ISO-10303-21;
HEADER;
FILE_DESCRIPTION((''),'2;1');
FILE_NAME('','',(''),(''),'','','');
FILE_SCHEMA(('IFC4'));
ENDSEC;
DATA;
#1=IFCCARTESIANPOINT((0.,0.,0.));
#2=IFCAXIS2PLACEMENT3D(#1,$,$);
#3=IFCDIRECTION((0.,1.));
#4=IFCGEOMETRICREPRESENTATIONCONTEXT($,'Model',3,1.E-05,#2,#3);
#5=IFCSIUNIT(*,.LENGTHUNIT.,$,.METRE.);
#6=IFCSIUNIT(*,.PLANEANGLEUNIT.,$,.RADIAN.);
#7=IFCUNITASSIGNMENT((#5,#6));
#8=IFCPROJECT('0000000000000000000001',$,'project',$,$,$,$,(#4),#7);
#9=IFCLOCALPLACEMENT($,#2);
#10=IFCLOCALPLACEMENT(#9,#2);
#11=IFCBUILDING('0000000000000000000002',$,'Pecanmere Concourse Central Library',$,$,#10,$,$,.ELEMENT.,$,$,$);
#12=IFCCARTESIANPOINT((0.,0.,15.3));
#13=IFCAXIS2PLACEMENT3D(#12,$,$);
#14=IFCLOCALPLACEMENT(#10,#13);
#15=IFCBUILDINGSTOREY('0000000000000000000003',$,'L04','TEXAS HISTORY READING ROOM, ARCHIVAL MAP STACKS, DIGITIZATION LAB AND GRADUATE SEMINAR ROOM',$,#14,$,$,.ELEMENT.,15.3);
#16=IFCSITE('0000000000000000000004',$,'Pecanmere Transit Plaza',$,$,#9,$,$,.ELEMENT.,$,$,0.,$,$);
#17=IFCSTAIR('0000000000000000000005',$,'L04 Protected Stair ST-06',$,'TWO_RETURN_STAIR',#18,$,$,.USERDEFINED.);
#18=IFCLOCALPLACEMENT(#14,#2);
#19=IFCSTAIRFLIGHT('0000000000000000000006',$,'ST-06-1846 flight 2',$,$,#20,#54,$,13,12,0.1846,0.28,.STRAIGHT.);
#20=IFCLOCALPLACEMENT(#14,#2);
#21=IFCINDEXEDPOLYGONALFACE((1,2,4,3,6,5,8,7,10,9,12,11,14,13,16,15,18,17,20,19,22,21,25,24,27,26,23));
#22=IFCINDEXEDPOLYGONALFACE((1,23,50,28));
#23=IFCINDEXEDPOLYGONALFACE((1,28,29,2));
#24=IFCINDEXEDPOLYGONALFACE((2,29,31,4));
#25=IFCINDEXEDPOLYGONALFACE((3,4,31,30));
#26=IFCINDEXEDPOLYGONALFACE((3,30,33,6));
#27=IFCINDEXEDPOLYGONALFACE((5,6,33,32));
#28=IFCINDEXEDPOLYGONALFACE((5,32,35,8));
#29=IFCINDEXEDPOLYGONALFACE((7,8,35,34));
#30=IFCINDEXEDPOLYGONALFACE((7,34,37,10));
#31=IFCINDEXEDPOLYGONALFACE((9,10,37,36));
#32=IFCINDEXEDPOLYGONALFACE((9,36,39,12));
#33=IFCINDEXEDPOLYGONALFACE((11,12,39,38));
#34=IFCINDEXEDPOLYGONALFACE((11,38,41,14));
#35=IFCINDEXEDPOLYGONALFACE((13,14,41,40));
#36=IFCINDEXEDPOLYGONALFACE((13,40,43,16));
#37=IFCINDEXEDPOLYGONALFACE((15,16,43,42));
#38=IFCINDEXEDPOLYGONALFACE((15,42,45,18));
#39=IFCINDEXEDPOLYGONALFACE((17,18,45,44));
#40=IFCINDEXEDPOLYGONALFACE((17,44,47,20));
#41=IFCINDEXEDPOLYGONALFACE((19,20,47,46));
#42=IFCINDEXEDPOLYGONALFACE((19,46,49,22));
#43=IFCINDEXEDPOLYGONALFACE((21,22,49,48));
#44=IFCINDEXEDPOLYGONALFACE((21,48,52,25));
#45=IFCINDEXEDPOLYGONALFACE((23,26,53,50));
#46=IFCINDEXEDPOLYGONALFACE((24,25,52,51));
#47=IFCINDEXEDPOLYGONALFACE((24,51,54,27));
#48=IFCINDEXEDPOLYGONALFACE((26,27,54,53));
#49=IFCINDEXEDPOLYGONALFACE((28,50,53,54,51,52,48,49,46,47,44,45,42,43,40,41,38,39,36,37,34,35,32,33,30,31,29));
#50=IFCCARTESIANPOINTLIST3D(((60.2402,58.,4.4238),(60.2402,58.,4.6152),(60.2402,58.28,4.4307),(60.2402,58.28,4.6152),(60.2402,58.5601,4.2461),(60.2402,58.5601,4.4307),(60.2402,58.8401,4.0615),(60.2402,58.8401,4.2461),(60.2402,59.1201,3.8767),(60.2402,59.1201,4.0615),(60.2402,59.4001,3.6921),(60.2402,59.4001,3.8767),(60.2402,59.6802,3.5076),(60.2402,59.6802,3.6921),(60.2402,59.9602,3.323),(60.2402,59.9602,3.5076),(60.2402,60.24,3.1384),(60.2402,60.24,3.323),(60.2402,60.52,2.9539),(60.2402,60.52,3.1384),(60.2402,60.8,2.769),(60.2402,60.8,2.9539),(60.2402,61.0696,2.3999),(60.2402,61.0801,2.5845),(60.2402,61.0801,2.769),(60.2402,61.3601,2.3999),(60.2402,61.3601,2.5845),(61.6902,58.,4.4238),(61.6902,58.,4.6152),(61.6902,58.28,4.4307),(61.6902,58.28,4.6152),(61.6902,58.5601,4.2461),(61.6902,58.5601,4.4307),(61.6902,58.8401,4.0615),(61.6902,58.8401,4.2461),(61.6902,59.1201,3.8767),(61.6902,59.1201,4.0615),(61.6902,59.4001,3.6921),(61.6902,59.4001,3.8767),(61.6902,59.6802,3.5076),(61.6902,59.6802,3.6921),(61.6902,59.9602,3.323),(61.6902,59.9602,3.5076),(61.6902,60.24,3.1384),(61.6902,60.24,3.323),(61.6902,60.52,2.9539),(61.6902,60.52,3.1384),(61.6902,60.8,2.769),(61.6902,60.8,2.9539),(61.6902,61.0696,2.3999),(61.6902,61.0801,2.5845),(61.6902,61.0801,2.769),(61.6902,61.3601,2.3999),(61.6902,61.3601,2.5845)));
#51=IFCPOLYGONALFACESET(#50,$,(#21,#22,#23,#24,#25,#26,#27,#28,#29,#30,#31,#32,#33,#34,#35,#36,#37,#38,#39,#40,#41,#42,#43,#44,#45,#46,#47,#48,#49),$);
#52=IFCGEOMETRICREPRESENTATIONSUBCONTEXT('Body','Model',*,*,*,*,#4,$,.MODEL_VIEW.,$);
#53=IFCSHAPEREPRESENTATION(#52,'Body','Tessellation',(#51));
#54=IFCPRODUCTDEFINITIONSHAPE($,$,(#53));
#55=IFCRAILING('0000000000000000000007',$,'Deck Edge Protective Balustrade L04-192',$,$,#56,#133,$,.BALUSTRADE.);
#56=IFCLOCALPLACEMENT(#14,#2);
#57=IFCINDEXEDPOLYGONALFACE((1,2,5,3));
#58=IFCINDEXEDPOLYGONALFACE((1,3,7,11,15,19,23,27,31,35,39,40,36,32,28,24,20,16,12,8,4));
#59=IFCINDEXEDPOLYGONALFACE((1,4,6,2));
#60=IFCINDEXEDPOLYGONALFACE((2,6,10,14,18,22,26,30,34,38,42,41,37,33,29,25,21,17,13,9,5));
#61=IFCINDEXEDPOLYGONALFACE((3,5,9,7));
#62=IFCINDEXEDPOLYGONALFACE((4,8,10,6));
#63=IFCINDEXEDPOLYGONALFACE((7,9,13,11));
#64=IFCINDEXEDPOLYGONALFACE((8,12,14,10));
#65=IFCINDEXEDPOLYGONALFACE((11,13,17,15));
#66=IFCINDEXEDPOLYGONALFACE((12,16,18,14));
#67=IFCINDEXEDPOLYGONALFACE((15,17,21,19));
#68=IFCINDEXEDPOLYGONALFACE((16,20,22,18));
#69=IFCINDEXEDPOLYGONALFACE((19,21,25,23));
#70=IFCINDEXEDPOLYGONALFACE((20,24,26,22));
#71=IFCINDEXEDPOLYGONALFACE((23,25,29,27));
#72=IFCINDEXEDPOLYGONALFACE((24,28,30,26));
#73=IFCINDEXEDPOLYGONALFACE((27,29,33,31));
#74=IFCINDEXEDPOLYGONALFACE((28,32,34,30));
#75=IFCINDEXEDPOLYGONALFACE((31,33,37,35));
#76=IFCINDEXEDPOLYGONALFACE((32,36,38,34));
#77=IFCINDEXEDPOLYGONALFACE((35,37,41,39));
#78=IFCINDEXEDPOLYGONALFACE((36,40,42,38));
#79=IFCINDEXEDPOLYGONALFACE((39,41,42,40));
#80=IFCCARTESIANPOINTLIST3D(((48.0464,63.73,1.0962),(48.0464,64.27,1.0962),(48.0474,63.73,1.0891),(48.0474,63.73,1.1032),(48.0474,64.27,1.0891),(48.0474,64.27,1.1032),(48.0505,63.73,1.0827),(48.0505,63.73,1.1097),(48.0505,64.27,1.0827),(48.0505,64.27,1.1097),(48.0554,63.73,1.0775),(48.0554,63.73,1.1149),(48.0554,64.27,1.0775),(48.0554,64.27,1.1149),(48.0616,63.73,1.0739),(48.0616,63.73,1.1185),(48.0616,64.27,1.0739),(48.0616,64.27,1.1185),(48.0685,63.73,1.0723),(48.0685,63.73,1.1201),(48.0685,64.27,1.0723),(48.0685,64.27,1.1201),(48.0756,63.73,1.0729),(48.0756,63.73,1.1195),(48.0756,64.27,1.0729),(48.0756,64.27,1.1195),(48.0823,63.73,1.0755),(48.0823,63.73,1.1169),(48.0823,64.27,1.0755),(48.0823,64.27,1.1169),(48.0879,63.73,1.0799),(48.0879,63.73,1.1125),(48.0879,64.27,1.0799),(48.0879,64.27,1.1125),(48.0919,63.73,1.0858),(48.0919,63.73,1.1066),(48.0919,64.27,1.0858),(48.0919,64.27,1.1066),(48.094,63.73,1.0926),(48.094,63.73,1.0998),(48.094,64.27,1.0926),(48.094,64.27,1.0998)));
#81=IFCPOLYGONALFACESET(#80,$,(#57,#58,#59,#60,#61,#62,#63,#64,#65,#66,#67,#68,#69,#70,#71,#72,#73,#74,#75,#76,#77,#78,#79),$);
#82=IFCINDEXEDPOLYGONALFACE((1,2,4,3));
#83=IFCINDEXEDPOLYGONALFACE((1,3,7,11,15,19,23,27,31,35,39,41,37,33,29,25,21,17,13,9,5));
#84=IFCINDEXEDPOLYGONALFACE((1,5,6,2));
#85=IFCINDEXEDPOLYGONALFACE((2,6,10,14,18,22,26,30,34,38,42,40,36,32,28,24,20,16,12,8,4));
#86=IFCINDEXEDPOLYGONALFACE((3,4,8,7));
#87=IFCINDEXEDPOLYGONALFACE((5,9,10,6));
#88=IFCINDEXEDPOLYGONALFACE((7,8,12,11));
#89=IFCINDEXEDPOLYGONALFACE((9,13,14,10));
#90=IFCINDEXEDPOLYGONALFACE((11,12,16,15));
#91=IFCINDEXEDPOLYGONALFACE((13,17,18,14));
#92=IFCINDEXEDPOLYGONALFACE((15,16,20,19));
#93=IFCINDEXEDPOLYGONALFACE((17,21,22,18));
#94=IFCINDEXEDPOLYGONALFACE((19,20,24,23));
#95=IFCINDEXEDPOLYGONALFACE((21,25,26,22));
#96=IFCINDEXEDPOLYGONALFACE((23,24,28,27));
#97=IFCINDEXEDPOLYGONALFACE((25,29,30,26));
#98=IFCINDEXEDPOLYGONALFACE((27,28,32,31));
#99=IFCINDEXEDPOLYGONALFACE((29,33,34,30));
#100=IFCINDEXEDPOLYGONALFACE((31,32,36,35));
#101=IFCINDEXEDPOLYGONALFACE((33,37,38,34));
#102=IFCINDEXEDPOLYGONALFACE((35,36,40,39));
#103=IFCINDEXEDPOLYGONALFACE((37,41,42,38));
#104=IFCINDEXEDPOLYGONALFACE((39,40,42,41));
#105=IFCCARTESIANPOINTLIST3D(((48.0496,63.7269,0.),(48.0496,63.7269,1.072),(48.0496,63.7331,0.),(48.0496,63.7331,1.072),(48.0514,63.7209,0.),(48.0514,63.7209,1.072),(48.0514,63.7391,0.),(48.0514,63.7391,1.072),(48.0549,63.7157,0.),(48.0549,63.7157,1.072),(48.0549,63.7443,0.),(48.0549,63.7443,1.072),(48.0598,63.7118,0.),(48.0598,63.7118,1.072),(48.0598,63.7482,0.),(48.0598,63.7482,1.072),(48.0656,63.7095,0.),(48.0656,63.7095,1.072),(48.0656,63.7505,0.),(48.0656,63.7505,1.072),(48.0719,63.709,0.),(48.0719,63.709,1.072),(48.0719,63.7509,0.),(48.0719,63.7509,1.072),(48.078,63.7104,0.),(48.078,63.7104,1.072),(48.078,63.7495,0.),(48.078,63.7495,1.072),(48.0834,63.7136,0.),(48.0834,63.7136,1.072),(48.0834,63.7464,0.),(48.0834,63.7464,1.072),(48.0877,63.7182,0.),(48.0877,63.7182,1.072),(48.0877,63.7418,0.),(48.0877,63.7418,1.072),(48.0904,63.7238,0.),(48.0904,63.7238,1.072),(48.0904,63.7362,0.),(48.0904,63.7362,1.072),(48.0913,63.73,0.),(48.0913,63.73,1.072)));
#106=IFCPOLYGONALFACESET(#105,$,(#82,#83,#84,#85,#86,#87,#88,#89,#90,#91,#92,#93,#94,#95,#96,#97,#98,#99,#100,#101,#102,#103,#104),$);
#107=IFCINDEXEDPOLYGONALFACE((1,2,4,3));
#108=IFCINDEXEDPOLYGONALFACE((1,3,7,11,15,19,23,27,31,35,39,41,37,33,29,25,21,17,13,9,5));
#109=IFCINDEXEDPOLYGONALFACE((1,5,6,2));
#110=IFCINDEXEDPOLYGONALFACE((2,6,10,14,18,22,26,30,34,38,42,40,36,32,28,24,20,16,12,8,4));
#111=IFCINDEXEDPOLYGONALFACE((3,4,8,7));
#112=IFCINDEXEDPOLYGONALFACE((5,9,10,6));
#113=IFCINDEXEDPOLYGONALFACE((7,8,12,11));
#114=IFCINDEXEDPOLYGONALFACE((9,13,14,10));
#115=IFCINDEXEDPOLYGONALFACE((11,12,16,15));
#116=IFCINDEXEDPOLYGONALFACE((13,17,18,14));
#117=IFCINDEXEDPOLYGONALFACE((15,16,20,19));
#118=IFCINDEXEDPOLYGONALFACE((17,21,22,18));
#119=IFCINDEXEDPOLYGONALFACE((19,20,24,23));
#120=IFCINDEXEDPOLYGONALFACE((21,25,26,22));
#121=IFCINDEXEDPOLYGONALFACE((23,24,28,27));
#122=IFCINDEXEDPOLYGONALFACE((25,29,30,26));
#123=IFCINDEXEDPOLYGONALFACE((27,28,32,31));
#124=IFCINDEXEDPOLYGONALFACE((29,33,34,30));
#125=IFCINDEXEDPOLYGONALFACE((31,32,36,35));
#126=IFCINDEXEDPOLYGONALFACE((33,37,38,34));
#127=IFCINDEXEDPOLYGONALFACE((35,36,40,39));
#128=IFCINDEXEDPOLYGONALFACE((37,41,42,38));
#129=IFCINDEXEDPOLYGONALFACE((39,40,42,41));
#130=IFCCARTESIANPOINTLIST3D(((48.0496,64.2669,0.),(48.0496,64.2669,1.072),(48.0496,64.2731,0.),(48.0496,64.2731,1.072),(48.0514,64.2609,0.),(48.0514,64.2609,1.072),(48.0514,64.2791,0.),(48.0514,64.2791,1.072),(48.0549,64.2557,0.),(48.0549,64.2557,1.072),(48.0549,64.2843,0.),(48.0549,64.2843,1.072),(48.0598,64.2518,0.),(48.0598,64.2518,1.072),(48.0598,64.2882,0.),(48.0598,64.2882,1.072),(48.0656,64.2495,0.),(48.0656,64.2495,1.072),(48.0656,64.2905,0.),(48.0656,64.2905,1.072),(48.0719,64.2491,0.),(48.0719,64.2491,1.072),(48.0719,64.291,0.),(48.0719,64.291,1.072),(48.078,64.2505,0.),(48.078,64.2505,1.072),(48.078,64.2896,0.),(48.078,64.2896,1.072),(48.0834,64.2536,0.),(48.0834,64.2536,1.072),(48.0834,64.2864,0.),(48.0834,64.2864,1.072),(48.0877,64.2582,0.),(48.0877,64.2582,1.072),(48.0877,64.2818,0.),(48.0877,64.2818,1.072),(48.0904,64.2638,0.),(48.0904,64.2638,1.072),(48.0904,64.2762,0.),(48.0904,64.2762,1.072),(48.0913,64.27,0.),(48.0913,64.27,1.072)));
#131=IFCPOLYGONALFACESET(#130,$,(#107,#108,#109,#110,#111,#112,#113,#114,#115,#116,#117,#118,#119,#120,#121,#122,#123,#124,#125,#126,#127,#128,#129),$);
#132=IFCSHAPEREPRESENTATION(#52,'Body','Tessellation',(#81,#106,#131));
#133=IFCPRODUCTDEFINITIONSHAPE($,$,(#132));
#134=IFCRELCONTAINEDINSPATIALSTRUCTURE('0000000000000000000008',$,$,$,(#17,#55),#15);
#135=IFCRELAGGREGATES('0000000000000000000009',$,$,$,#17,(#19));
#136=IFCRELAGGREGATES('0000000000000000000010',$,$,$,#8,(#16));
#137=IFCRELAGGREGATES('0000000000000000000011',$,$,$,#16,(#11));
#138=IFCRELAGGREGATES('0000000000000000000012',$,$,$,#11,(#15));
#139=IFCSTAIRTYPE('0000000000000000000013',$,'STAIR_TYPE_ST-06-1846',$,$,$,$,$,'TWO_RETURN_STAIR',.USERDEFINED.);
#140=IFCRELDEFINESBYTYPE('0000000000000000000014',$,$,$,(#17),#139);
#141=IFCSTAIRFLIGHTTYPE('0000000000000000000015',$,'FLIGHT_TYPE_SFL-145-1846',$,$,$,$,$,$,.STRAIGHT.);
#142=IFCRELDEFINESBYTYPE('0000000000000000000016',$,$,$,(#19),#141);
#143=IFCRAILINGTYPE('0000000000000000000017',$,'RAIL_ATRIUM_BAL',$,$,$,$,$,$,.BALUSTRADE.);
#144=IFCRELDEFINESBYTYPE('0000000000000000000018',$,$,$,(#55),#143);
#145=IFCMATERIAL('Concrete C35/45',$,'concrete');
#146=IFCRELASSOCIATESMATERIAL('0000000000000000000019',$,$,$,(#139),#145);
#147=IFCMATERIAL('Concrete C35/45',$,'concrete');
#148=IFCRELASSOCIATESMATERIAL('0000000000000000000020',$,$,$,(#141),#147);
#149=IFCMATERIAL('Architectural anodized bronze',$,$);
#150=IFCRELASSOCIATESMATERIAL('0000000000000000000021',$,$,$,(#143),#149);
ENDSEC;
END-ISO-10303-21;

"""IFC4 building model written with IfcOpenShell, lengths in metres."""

from ifc_helpers import new_model, si_unit, direction, frame, origin, origin_2d, place, context, subcontext, project, spatial, polyline, circle, outline, extrude, material, type_object, element, aggregate, save


model = new_model("IFC4")

# Units and contexts
model_context = context("Model", 3, precision=1e-05, world=origin(), true_north=direction((0.0, 1.0)))
body_context = subcontext(model_context, "Body", "Model", "MODEL_VIEW")
ifc_project = project(units=[si_unit("LENGTHUNIT", "METRE"), si_unit("PLANEANGLEUNIT", "RADIAN")], contexts=[model_context])

# Site, building, storey
site_placement = place(None, origin())
site = spatial("IfcSite", under=ifc_project, at=site_placement, Name="Pecanmere Transit Plaza", CompositionType="ELEMENT", RefElevation=0.0)
building_placement = place(site_placement, origin())
building = spatial("IfcBuilding", under=site, at=building_placement, Name="Pecanmere Concourse Central Library", CompositionType="ELEMENT")
storey_placement = place(building_placement, frame((0.0, 0.0, 15.3)))
storey = spatial("IfcBuildingStorey", under=building, at=storey_placement, Name="L04", Description="TEXAS HISTORY READING ROOM, ARCHIVAL MAP STACKS, DIGITIZATION LAB AND GRADUATE SEMINAR ROOM", CompositionType="ELEMENT", Elevation=15.3)

# Stair, stair flight
ifc_material_1 = material(Name="Concrete C35/45", Category="concrete")
stair_type = type_object("IfcStairType", Name="STAIR_TYPE_ST-06-1846", ElementType="TWO_RETURN_STAIR", PredefinedType="USERDEFINED", material=ifc_material_1)
stair_placement = place(storey_placement, origin())
stair = element("IfcStair", 1, at=stair_placement, inside=storey, type_object=stair_type, Name="L04 Protected Stair ST-06", ObjectType="TWO_RETURN_STAIR", PredefinedType="USERDEFINED")
ifc_material_2 = material(Name="Concrete C35/45", Category="concrete")
stair_flight_type = type_object("IfcStairFlightType", Name="FLIGHT_TYPE_SFL-145-1846", PredefinedType="STRAIGHT", material=ifc_material_2)
stair_flight_1_placement = place(storey_placement, frame((60.9651, 61.3601, 2.3999), z_axis=(0.0, 0.0, 1.0), x_axis=(0.0, -1.0, 0.0)))
stair_flight_1 = element("IfcStairFlight", 2, at=stair_flight_1_placement, type_object=stair_flight_type, Name="ST-06-1846 flight 2", NumberOfRisers=13, NumberOfTreads=12, PredefinedType="STRAIGHT", RiserHeight=0.1846, TreadLength=0.28, context=body_context, shape_type="SweptSolid", body=[
    extrude(outline(polyline([(0.0, 0.0), (0.0, 0.1846), (0.28, 0.1846), (0.28, 0.3691), (0.5601, 0.3691), (0.5601, 0.554), (0.8401, 0.554), (0.8401, 0.7385), (1.1201, 0.7385), (1.1201, 0.9231), (1.3999, 0.9231), (1.3999, 1.1077), (1.6799, 1.1077), (1.6799, 1.2922), (1.96, 1.2922), (1.96, 1.4768), (2.24, 1.4768), (2.24, 1.6616), (2.52, 1.6616), (2.52, 1.8462), (2.8, 1.8462), (2.8, 2.0308), (3.0801, 2.0308), (3.0801, 2.2153), (3.3601, 2.2153), (3.3601, 2.3999), (3.3601, 2.0239), (0.2905, 0.0), (0.0, 0.0)])), frame((0.0, 0.7251, 0.0), z_axis=(0.0, -1.0, 0.0), x_axis=(1.0, 0.0, 0.0)), (0.0, 0.0, 1.0), 1.45),
])
aggregate(stair, [stair_flight_1])

# Railing
ifc_material_3 = material(Name="Architectural anodized bronze")
railing_type_1 = type_object("IfcRailingType", Name="RAIL_ATRIUM_BAL", PredefinedType="BALUSTRADE", material=ifc_material_3)
railing_1_placement = place(storey_placement, frame((48.0703, 63.73, 0.0)))
element("IfcRailing", 3, at=railing_1_placement, inside=storey, type_object=railing_type_1, Name="Deck Edge Protective Balustrade L04-192", PredefinedType="BALUSTRADE", context=body_context, shape_type="SweptSolid", body=[
    extrude(circle(Radius=0.0239, at=origin_2d()), frame((0.0, 0.0, 1.0962), z_axis=(0.0, 1.0, 0.0), x_axis=(-1.0, 0.0, 0.0)), (0.0, 0.0, 1.0), 0.54),
    extrude(circle(Radius=0.021, at=origin_2d()), origin(), (0.0, 0.0, 1.0), 1.072),
    extrude(circle(Radius=0.021, at=origin_2d()), frame((0.0, 0.54, 0.0)), (0.0, 0.0, 1.0), 1.072),
])

save(model, "model.ifc")
